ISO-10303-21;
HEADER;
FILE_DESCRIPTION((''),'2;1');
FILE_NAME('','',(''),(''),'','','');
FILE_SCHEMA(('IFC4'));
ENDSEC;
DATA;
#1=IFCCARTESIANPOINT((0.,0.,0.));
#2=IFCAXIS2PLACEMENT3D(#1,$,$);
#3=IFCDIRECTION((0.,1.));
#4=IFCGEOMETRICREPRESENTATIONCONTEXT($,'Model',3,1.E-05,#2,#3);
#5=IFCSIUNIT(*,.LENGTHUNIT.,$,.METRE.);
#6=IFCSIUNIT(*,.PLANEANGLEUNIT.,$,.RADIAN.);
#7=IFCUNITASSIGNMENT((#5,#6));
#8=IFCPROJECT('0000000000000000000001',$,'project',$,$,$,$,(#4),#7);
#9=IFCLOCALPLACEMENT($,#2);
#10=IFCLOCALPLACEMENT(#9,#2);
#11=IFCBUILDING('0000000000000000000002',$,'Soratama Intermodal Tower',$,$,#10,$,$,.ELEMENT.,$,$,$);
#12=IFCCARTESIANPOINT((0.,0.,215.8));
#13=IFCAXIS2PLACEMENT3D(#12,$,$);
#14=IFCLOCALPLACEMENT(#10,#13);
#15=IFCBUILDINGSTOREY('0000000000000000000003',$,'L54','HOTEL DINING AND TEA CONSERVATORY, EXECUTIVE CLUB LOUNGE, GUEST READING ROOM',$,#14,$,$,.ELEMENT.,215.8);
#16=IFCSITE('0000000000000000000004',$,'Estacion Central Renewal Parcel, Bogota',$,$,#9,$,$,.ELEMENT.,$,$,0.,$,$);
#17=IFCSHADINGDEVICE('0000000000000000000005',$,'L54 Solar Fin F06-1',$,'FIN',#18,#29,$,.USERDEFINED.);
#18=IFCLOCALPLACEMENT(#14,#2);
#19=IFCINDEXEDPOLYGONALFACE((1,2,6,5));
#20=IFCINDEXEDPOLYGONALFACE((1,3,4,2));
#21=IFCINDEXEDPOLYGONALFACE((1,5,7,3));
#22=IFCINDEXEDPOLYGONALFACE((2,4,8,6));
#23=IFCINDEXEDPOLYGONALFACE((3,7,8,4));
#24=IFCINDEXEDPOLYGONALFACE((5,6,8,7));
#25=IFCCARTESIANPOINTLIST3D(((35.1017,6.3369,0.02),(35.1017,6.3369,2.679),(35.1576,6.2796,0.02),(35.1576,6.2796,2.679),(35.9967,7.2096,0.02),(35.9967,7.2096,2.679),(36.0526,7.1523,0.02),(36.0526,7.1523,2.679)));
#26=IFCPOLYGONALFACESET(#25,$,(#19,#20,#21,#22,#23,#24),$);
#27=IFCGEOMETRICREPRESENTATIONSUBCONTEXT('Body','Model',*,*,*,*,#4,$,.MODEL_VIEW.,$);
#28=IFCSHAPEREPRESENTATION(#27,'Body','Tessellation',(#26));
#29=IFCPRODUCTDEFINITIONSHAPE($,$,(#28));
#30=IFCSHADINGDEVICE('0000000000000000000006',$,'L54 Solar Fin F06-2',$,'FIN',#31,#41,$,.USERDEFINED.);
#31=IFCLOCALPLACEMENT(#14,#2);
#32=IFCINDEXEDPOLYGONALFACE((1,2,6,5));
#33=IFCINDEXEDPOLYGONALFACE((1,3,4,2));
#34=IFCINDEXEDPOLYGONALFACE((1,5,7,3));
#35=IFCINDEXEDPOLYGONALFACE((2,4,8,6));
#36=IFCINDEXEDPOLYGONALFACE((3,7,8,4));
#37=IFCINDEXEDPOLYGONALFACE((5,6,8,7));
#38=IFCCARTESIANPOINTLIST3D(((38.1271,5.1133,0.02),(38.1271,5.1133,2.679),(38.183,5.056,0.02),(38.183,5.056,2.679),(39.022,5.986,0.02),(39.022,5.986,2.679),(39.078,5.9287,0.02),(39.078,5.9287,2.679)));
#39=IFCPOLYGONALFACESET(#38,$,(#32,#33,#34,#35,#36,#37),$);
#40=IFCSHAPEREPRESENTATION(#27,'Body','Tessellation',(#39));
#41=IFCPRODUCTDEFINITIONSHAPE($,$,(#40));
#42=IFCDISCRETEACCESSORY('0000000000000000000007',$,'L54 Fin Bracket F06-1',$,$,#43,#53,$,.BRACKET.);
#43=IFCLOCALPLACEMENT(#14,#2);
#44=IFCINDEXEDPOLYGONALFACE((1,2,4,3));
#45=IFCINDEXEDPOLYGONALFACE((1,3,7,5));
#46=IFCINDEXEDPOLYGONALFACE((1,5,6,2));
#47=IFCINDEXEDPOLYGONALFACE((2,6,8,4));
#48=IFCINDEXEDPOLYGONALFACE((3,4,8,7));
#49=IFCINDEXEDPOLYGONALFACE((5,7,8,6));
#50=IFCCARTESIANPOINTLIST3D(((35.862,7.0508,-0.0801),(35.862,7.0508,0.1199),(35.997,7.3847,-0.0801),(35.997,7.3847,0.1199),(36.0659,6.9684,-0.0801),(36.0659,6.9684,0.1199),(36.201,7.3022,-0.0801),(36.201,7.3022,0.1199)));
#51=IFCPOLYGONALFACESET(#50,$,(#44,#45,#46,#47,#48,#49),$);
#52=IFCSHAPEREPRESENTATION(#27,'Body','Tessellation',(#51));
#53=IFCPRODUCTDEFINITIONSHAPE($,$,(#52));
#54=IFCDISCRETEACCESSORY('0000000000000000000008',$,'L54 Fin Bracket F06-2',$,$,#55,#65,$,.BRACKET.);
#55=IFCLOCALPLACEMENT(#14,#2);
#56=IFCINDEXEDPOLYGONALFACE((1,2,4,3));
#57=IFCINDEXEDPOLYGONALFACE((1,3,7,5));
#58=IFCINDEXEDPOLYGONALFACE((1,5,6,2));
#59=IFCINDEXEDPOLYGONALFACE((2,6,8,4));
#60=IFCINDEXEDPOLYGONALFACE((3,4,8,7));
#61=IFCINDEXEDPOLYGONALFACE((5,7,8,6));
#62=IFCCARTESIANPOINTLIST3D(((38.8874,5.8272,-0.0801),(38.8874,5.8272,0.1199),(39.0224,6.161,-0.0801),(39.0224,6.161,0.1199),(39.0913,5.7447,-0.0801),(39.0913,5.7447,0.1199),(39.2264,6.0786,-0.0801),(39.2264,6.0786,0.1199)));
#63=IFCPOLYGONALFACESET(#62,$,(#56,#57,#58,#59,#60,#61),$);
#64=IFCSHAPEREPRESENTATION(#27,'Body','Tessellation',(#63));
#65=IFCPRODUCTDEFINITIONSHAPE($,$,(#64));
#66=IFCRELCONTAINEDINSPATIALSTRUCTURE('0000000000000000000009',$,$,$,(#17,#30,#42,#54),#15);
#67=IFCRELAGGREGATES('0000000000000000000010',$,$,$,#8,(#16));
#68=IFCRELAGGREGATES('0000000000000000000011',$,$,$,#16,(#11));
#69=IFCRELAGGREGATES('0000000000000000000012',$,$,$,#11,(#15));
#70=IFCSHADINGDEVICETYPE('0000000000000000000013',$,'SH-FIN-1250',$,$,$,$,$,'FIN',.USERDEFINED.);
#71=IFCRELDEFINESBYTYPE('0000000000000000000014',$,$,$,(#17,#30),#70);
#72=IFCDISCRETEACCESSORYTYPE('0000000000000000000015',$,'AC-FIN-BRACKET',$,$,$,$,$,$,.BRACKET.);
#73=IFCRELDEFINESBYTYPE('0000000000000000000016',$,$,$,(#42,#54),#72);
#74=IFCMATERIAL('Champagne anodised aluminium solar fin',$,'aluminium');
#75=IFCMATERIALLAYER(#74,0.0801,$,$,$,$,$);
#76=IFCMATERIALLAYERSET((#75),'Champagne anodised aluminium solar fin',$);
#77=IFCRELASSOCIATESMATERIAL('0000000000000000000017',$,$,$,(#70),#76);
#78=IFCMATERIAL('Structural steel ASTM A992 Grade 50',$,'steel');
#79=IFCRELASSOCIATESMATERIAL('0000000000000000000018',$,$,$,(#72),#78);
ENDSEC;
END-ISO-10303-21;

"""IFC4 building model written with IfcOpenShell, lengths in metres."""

from ifc_helpers import new_model, si_unit, direction, frame, origin, origin_2d, place, context, subcontext, project, spatial, rectangle, extrude, material, layer, layer_set, type_object, element, save


model = new_model("IFC4")

# Units and contexts
model_context = context("Model", 3, precision=1e-05, world=origin(), true_north=direction((0.0, 1.0)))
body_context = subcontext(model_context, "Body", "Model", "MODEL_VIEW")
ifc_project = project(units=[si_unit("LENGTHUNIT", "METRE"), si_unit("PLANEANGLEUNIT", "RADIAN")], contexts=[model_context])

# Site, building, storey
site_placement = place(None, origin())
site = spatial("IfcSite", under=ifc_project, at=site_placement, Name="Estacion Central Renewal Parcel, Bogota", CompositionType="ELEMENT", RefElevation=0.0)
building_placement = place(site_placement, origin())
building = spatial("IfcBuilding", under=site, at=building_placement, Name="Soratama Intermodal Tower", CompositionType="ELEMENT")
storey_placement = place(building_placement, frame((0.0, 0.0, 215.8)))
storey = spatial("IfcBuildingStorey", under=building, at=storey_placement, Name="L54", Description="HOTEL DINING AND TEA CONSERVATORY, EXECUTIVE CLUB LOUNGE, GUEST READING ROOM", CompositionType="ELEMENT", Elevation=215.8)

# Shading devices
ifc_material_1 = material(Name="Champagne anodised aluminium solar fin", Category="aluminium")
ifc_layer_1 = layer(ifc_material_1, 0.0801)
ifc_layer_set_1 = layer_set([ifc_layer_1], Name="Champagne anodised aluminium solar fin")
shading_device_type = type_object("IfcShadingDeviceType", Name="SH-FIN-1250", ElementType="FIN", PredefinedType="USERDEFINED", material=ifc_layer_set_1)
for number, where, z_axis, x_axis, name in (
    (1, (35.5771, 6.7446, 0.02), (0.0, 0.0, 1.0), (-0.715936, -0.698165, 0.0), "L54 Solar Fin F06-1"),
    (2, (38.6025, 5.521, 0.02), (0.0, 0.0, 1.0), (-0.715936, -0.698165, 0.0), "L54 Solar Fin F06-2"),
):
    element("IfcShadingDevice", number, at=place(storey_placement, frame(where, z_axis=z_axis, x_axis=x_axis)), inside=storey, type_object=shading_device_type, Name=name, ObjectType="FIN", PredefinedType="USERDEFINED", context=body_context, shape_type="SweptSolid", body=[
        extrude(rectangle(XDim=1.25, YDim=0.0801, at=origin_2d()), origin(), (0.0, 0.0, 1.0), 2.6589),
    ])

# Discrete accessories
ifc_material_2 = material(Name="Structural steel ASTM A992 Grade 50", Category="steel")
discrete_accessory_type = type_object("IfcDiscreteAccessoryType", Name="AC-FIN-BRACKET", PredefinedType="BRACKET", material=ifc_material_2)
for number, where, z_axis, x_axis, name in (
    (3, (36.0315, 7.1765, -0.0801), (0.0, 0.0, 1.0), (-0.37493, -0.927053, 0.0), "L54 Fin Bracket F06-1"),
    (4, (39.0569, 5.9529, -0.0801), (0.0, 0.0, 1.0), (-0.37493, -0.927053, 0.0), "L54 Fin Bracket F06-2"),
):
    element("IfcDiscreteAccessory", number, at=place(storey_placement, frame(where, z_axis=z_axis, x_axis=x_axis)), inside=storey, type_object=discrete_accessory_type, Name=name, PredefinedType="BRACKET", context=body_context, shape_type="SweptSolid", body=[
        extrude(rectangle(XDim=0.3601, YDim=0.22, at=origin_2d()), origin(), (0.0, 0.0, 1.0), 0.2),
    ])

save(model, "model.ifc")
